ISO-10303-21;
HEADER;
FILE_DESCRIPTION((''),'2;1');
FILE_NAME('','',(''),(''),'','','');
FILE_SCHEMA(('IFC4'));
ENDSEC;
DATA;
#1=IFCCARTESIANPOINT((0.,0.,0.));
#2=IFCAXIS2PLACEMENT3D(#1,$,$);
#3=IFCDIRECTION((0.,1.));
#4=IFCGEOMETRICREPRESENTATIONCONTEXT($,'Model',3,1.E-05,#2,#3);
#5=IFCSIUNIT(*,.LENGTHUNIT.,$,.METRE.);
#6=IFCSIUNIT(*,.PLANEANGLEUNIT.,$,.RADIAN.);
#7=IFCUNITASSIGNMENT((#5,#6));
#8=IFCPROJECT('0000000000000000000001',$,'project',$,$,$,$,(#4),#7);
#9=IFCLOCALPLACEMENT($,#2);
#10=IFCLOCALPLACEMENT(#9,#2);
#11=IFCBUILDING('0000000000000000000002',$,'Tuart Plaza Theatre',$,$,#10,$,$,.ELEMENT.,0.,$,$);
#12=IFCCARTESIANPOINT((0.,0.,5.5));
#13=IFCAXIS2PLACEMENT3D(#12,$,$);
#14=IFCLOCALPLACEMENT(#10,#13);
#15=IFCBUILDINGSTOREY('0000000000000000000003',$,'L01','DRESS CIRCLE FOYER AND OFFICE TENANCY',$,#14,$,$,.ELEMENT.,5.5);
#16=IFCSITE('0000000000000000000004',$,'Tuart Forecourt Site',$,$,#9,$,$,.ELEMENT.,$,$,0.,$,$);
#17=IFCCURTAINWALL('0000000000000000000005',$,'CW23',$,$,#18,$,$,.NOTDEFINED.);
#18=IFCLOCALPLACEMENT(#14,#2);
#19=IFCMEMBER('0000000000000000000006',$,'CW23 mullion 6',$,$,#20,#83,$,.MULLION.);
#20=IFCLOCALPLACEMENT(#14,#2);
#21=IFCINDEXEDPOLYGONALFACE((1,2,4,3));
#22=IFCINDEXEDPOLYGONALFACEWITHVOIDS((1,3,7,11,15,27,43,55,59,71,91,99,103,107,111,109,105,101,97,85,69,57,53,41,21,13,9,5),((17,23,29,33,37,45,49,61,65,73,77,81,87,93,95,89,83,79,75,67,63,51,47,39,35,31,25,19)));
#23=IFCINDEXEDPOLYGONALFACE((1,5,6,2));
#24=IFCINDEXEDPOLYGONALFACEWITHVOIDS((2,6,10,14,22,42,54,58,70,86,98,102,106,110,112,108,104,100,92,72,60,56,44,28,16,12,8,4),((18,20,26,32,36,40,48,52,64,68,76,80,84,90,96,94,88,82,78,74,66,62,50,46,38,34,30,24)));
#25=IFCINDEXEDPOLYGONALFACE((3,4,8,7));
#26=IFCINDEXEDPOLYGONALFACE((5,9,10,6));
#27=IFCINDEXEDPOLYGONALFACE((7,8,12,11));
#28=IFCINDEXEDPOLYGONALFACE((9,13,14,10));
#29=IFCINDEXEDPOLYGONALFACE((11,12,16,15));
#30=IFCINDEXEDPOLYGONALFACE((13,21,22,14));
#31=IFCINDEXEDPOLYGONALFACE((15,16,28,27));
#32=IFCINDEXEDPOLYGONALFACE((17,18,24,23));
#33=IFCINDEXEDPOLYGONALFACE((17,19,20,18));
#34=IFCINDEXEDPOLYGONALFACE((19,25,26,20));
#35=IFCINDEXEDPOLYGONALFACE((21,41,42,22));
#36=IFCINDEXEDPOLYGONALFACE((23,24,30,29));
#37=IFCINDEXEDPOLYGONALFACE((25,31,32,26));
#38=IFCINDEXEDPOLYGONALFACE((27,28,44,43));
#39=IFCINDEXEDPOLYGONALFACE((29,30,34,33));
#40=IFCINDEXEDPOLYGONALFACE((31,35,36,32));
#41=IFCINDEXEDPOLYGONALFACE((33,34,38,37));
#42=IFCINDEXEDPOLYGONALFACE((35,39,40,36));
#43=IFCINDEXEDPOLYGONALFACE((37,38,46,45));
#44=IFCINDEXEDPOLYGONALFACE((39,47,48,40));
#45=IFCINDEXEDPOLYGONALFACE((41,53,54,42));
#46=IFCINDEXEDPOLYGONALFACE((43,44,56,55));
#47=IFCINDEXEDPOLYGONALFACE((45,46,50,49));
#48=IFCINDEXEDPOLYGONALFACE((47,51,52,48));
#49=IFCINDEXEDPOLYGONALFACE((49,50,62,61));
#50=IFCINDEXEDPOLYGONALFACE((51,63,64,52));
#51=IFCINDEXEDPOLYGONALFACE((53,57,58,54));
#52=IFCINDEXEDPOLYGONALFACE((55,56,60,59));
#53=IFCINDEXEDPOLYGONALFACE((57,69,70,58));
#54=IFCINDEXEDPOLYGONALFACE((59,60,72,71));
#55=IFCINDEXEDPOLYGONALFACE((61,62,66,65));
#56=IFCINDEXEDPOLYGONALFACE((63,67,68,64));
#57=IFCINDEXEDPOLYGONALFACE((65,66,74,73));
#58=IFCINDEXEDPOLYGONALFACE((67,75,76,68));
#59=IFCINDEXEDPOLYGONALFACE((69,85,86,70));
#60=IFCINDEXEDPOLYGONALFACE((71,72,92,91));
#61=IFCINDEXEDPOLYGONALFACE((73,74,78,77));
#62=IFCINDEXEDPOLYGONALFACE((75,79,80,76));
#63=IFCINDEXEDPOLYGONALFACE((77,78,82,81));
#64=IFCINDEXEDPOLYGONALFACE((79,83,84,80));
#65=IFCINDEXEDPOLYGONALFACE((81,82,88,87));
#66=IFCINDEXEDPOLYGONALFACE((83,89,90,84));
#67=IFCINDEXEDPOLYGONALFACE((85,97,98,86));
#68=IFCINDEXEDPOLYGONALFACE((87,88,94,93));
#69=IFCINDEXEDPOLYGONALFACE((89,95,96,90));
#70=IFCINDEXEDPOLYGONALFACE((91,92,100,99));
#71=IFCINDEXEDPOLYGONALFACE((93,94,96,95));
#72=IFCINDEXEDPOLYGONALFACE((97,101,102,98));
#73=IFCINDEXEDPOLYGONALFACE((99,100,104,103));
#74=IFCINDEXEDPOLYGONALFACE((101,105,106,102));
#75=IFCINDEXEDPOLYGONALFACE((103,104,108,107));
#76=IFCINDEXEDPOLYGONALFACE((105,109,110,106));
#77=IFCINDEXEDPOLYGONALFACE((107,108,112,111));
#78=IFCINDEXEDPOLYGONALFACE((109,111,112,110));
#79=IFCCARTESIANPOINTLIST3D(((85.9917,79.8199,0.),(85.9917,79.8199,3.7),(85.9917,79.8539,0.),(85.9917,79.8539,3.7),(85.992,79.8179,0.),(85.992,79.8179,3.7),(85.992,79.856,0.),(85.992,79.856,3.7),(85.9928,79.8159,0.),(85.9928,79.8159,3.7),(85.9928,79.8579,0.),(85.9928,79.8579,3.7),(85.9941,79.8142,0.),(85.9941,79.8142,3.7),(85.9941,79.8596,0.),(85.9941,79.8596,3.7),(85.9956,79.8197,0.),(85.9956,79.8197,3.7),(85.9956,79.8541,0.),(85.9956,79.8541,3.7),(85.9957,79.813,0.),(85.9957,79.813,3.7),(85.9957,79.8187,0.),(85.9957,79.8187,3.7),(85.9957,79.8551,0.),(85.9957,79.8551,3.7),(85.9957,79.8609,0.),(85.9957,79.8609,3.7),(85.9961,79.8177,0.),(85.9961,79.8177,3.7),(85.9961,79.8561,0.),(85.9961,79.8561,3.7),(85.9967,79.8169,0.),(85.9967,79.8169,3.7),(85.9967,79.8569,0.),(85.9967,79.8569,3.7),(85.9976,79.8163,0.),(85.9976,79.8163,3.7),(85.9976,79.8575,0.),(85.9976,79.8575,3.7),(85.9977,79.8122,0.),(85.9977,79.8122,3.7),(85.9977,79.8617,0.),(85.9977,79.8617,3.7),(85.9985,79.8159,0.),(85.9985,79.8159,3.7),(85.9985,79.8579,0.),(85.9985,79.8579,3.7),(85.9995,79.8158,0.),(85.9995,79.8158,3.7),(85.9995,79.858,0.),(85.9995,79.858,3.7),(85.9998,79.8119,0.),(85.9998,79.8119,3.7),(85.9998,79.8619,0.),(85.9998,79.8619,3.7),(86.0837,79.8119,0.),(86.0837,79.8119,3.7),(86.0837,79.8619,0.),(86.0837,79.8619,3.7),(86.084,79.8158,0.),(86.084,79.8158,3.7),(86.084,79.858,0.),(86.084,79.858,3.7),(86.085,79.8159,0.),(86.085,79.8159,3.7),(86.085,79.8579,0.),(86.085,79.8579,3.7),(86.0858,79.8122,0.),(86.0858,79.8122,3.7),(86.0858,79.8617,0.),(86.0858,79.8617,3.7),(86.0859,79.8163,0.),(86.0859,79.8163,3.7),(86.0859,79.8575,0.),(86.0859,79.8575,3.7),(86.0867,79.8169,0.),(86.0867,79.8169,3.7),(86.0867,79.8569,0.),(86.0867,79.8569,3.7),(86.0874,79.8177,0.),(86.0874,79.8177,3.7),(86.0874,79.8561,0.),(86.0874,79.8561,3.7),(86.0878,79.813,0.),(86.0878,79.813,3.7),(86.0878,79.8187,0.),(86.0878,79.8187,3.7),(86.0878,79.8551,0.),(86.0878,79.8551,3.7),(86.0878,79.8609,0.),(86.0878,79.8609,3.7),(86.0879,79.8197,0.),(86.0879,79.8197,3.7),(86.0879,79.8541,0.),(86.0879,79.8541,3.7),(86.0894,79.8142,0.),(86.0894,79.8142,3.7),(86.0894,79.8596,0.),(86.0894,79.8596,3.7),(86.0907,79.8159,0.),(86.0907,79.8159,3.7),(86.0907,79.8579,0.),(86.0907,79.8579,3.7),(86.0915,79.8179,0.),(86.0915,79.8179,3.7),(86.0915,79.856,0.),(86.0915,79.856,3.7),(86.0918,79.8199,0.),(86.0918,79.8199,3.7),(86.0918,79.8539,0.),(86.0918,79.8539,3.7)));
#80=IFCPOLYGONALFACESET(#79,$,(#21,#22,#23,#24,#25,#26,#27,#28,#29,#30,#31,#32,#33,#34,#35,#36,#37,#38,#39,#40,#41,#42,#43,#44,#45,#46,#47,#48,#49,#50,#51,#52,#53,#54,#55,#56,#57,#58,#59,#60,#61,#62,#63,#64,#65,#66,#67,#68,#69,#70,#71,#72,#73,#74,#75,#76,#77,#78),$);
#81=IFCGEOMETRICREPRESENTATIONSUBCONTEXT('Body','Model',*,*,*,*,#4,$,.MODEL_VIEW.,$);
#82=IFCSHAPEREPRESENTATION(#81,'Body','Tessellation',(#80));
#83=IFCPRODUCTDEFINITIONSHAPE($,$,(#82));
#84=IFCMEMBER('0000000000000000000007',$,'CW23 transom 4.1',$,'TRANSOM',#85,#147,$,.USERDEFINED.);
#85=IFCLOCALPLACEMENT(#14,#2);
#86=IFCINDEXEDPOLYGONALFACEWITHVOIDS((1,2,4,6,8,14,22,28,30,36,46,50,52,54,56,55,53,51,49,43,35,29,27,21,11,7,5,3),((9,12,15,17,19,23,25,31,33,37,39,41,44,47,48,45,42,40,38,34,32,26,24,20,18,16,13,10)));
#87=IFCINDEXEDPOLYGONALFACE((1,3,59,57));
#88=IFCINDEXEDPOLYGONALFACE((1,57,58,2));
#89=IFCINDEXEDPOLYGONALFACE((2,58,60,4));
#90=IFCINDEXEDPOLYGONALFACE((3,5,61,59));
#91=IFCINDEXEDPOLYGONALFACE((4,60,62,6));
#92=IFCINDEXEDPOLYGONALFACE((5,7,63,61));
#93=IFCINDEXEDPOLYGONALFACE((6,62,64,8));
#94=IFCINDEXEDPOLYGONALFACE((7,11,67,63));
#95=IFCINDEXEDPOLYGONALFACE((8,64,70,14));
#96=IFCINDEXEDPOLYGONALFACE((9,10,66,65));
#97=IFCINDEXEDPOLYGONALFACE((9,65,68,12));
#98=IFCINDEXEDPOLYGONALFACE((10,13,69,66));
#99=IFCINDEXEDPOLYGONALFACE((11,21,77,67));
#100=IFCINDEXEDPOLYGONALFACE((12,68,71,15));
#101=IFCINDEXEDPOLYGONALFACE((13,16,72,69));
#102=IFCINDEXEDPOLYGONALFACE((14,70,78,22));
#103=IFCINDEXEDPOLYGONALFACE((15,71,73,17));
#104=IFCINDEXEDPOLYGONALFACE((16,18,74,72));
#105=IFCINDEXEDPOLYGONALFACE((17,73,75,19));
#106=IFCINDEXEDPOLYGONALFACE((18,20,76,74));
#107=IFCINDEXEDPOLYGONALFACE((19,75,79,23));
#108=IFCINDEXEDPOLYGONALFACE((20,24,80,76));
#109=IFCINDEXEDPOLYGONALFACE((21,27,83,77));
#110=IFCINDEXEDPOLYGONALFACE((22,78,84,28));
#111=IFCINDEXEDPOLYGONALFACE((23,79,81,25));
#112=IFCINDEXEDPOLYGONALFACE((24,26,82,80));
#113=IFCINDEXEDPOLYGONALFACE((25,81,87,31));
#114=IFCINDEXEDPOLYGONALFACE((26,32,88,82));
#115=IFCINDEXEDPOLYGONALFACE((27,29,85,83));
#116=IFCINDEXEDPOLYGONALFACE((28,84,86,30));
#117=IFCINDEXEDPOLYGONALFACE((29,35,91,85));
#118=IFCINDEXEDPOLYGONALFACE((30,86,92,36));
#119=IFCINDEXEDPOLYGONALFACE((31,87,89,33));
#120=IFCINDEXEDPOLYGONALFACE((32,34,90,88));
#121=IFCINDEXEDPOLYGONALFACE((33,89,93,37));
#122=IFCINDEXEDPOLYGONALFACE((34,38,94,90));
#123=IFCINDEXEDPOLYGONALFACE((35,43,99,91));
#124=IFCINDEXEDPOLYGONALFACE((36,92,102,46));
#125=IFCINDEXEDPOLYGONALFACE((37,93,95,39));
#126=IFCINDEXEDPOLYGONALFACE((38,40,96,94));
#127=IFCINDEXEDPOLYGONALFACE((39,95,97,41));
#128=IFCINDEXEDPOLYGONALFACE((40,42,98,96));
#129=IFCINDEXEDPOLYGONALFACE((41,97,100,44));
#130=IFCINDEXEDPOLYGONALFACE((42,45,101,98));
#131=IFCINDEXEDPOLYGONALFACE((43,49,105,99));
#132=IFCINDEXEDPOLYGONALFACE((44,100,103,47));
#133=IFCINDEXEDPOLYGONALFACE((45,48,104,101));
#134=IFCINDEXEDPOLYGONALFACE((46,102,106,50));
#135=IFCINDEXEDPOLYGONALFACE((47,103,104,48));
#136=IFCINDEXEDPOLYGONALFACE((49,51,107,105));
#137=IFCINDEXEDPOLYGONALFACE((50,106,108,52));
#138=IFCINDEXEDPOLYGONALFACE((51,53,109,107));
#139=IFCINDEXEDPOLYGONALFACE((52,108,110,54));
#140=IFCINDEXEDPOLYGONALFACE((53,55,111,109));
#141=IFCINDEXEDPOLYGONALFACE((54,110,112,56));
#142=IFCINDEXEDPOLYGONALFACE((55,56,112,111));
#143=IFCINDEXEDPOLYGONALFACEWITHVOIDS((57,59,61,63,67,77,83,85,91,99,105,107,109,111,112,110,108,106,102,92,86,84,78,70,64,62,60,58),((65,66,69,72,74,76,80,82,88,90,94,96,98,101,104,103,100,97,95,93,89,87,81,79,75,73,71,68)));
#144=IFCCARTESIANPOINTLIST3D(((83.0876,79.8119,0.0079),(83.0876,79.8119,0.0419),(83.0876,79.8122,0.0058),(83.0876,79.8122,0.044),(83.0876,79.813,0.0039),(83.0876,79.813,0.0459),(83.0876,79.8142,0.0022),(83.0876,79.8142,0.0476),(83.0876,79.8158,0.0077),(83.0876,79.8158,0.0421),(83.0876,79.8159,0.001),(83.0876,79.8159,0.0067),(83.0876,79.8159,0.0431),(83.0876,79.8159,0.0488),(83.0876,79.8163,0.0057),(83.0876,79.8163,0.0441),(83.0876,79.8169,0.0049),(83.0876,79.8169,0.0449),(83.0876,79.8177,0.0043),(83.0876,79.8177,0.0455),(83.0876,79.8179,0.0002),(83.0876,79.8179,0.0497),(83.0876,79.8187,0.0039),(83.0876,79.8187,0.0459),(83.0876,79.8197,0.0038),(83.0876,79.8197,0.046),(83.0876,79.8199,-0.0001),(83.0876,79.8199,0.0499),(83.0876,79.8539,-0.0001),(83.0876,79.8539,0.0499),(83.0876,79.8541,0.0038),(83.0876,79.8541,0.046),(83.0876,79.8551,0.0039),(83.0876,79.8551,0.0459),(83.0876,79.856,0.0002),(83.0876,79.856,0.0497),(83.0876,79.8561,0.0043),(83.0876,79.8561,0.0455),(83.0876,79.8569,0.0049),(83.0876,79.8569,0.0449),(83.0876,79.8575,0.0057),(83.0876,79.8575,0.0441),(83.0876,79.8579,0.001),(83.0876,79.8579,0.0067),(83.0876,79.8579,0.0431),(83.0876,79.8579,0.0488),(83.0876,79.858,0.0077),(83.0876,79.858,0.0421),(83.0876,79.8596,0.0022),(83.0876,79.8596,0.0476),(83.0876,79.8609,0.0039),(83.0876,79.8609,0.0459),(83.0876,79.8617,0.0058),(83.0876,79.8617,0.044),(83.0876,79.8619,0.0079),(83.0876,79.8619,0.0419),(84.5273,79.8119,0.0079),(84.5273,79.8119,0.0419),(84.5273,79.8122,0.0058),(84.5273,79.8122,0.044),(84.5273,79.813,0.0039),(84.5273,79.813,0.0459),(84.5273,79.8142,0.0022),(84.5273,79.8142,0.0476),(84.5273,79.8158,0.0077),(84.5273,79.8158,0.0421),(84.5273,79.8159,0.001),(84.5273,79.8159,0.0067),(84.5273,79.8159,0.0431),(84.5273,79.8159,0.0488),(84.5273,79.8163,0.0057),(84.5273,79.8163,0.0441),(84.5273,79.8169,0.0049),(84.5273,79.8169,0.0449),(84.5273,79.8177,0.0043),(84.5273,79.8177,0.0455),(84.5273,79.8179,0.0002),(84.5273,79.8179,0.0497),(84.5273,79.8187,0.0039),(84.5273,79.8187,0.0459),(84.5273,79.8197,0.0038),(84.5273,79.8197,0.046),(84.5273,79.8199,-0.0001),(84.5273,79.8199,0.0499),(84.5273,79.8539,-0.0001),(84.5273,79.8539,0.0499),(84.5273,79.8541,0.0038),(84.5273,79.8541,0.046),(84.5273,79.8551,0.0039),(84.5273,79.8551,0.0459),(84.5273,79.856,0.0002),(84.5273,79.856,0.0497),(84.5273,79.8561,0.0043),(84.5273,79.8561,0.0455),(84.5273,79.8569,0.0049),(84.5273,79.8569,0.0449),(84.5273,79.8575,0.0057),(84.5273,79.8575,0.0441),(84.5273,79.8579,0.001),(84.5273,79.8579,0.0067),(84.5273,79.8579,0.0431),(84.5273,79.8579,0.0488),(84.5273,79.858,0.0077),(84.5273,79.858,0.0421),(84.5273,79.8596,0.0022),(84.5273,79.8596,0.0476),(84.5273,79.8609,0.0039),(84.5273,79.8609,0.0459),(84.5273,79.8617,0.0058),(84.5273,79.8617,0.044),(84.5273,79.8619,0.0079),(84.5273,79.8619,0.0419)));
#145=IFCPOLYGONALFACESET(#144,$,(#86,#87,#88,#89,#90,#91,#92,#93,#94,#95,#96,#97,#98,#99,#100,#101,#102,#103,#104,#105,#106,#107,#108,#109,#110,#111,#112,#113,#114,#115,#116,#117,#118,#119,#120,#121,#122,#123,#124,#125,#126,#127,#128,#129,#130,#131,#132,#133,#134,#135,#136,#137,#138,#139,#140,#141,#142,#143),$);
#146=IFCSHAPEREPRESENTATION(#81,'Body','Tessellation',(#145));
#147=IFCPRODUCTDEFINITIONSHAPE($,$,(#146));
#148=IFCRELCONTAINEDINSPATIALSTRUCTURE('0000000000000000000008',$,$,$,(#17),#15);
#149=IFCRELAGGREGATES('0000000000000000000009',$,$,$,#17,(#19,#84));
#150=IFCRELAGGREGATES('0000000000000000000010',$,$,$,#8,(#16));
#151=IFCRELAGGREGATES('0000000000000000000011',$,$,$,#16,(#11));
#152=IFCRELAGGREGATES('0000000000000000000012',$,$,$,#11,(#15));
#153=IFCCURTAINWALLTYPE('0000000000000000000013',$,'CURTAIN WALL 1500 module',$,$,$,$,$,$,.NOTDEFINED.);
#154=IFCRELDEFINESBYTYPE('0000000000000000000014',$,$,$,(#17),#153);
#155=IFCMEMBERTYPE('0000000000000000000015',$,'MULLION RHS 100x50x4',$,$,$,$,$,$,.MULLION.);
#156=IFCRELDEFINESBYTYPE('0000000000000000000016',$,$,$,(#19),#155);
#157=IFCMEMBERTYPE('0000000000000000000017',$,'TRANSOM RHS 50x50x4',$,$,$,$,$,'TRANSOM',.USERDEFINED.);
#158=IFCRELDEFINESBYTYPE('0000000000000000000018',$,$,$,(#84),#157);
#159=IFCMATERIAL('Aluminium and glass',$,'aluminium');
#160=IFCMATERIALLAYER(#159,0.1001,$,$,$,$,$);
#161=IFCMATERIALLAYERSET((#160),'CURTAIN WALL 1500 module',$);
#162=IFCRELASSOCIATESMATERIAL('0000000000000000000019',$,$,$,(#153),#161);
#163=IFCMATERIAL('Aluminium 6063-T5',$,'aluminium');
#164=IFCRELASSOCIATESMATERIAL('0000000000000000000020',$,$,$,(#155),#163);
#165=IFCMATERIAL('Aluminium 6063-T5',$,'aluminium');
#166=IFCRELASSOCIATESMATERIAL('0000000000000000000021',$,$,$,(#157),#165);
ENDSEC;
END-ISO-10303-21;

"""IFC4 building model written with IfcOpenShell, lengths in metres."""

from ifc_helpers import new_model, si_unit, direction, frame, origin, origin_2d, place, context, subcontext, project, spatial, hollow_rectangle, extrude, material, layer, layer_set, material_profile, profile_set, type_object, element, aggregate, save


model = new_model("IFC4")

# Units and contexts
model_context = context("Model", 3, precision=1e-05, world=origin(), true_north=direction((0.0, 1.0)))
body_context = subcontext(model_context, "Body", "Model", "MODEL_VIEW")
ifc_project = project(units=[si_unit("LENGTHUNIT", "METRE"), si_unit("PLANEANGLEUNIT", "RADIAN")], contexts=[model_context])

# Site, building, storey
site_placement = place(None, origin())
site = spatial("IfcSite", under=ifc_project, at=site_placement, Name="Tuart Forecourt Site", CompositionType="ELEMENT", RefElevation=0.0)
building_placement = place(site_placement, origin())
building = spatial("IfcBuilding", under=site, at=building_placement, Name="Tuart Plaza Theatre", CompositionType="ELEMENT", ElevationOfRefHeight=0.0)
storey_placement = place(building_placement, frame((0.0, 0.0, 5.5)))
storey = spatial("IfcBuildingStorey", under=building, at=storey_placement, Name="L01", Description="DRESS CIRCLE FOYER AND OFFICE TENANCY", CompositionType="ELEMENT", Elevation=5.5)

# Curtain wall, members
ifc_material_1 = material(Name="Aluminium and glass", Category="aluminium")
ifc_layer_1 = layer(ifc_material_1, 0.1001)
ifc_layer_set_1 = layer_set([ifc_layer_1], Name="CURTAIN WALL 1500 module")
curtain_wall_type = type_object("IfcCurtainWallType", Name="CURTAIN WALL 1500 module", PredefinedType="NOTDEFINED", material=ifc_layer_set_1)
curtain_wall_placement = place(storey_placement, origin())
curtain_wall = element("IfcCurtainWall", 1, at=curtain_wall_placement, inside=storey, type_object=curtain_wall_type, Name="CW23", PredefinedType="NOTDEFINED")
ifc_material_2 = material(Name="Aluminium 6063-T5", Category="aluminium")
ifc_material_profile_1 = material_profile(ifc_material_2, hollow_rectangle(XDim=0.05, YDim=0.1001, WallThickness=0.0039, InnerFilletRadius=0.0039, OuterFilletRadius=0.0081, at=origin_2d()), Name="RHS 100x50x4")
ifc_profile_set_1 = profile_set([ifc_material_profile_1], Name="Aluminium 6063-T5")
member_type_1 = type_object("IfcMemberType", Name="MULLION RHS 100x50x4", PredefinedType="MULLION", material=ifc_profile_set_1)
member_1_placement = place(storey_placement, frame((86.0417, 79.8369, 0.0), z_axis=(0.0, 0.0, 1.0), x_axis=(0.0, 1.0, 0.0)))
member_1 = element("IfcMember", 2, at=member_1_placement, type_object=member_type_1, Name="CW23 mullion 6", PredefinedType="MULLION", context=body_context, shape_type="SweptSolid", body=[
    extrude(hollow_rectangle(XDim=0.05, YDim=0.1001, WallThickness=0.0039, InnerFilletRadius=0.0039, OuterFilletRadius=0.0081, at=origin_2d()), origin(), (0.0, 0.0, 1.0), 3.7),
])
ifc_material_3 = material(Name="Aluminium 6063-T5", Category="aluminium")
ifc_material_profile_2 = material_profile(ifc_material_3, hollow_rectangle(XDim=0.05, YDim=0.05, WallThickness=0.0039, InnerFilletRadius=0.0039, OuterFilletRadius=0.0081, at=origin_2d()), Name="RHS 50x50x4")
ifc_profile_set_2 = profile_set([ifc_material_profile_2], Name="Aluminium 6063-T5")
member_type_2 = type_object("IfcMemberType", Name="TRANSOM RHS 50x50x4", ElementType="TRANSOM", PredefinedType="USERDEFINED", material=ifc_profile_set_2)
member_2_placement = place(storey_placement, frame((83.0876, 79.8369, 0.0249), z_axis=(1.0, 0.0, 0.0), x_axis=(0.0, 1.0, 0.0)))
member_2 = element("IfcMember", 3, at=member_2_placement, type_object=member_type_2, Name="CW23 transom 4.1", ObjectType="TRANSOM", PredefinedType="USERDEFINED", context=body_context, shape_type="SweptSolid", body=[
    extrude(hollow_rectangle(XDim=0.05, YDim=0.05, WallThickness=0.0039, InnerFilletRadius=0.0039, OuterFilletRadius=0.0081, at=origin_2d()), origin(), (0.0, 0.0, 1.0), 1.4397),
])
aggregate(curtain_wall, [member_1, member_2])

save(model, "model.ifc")
